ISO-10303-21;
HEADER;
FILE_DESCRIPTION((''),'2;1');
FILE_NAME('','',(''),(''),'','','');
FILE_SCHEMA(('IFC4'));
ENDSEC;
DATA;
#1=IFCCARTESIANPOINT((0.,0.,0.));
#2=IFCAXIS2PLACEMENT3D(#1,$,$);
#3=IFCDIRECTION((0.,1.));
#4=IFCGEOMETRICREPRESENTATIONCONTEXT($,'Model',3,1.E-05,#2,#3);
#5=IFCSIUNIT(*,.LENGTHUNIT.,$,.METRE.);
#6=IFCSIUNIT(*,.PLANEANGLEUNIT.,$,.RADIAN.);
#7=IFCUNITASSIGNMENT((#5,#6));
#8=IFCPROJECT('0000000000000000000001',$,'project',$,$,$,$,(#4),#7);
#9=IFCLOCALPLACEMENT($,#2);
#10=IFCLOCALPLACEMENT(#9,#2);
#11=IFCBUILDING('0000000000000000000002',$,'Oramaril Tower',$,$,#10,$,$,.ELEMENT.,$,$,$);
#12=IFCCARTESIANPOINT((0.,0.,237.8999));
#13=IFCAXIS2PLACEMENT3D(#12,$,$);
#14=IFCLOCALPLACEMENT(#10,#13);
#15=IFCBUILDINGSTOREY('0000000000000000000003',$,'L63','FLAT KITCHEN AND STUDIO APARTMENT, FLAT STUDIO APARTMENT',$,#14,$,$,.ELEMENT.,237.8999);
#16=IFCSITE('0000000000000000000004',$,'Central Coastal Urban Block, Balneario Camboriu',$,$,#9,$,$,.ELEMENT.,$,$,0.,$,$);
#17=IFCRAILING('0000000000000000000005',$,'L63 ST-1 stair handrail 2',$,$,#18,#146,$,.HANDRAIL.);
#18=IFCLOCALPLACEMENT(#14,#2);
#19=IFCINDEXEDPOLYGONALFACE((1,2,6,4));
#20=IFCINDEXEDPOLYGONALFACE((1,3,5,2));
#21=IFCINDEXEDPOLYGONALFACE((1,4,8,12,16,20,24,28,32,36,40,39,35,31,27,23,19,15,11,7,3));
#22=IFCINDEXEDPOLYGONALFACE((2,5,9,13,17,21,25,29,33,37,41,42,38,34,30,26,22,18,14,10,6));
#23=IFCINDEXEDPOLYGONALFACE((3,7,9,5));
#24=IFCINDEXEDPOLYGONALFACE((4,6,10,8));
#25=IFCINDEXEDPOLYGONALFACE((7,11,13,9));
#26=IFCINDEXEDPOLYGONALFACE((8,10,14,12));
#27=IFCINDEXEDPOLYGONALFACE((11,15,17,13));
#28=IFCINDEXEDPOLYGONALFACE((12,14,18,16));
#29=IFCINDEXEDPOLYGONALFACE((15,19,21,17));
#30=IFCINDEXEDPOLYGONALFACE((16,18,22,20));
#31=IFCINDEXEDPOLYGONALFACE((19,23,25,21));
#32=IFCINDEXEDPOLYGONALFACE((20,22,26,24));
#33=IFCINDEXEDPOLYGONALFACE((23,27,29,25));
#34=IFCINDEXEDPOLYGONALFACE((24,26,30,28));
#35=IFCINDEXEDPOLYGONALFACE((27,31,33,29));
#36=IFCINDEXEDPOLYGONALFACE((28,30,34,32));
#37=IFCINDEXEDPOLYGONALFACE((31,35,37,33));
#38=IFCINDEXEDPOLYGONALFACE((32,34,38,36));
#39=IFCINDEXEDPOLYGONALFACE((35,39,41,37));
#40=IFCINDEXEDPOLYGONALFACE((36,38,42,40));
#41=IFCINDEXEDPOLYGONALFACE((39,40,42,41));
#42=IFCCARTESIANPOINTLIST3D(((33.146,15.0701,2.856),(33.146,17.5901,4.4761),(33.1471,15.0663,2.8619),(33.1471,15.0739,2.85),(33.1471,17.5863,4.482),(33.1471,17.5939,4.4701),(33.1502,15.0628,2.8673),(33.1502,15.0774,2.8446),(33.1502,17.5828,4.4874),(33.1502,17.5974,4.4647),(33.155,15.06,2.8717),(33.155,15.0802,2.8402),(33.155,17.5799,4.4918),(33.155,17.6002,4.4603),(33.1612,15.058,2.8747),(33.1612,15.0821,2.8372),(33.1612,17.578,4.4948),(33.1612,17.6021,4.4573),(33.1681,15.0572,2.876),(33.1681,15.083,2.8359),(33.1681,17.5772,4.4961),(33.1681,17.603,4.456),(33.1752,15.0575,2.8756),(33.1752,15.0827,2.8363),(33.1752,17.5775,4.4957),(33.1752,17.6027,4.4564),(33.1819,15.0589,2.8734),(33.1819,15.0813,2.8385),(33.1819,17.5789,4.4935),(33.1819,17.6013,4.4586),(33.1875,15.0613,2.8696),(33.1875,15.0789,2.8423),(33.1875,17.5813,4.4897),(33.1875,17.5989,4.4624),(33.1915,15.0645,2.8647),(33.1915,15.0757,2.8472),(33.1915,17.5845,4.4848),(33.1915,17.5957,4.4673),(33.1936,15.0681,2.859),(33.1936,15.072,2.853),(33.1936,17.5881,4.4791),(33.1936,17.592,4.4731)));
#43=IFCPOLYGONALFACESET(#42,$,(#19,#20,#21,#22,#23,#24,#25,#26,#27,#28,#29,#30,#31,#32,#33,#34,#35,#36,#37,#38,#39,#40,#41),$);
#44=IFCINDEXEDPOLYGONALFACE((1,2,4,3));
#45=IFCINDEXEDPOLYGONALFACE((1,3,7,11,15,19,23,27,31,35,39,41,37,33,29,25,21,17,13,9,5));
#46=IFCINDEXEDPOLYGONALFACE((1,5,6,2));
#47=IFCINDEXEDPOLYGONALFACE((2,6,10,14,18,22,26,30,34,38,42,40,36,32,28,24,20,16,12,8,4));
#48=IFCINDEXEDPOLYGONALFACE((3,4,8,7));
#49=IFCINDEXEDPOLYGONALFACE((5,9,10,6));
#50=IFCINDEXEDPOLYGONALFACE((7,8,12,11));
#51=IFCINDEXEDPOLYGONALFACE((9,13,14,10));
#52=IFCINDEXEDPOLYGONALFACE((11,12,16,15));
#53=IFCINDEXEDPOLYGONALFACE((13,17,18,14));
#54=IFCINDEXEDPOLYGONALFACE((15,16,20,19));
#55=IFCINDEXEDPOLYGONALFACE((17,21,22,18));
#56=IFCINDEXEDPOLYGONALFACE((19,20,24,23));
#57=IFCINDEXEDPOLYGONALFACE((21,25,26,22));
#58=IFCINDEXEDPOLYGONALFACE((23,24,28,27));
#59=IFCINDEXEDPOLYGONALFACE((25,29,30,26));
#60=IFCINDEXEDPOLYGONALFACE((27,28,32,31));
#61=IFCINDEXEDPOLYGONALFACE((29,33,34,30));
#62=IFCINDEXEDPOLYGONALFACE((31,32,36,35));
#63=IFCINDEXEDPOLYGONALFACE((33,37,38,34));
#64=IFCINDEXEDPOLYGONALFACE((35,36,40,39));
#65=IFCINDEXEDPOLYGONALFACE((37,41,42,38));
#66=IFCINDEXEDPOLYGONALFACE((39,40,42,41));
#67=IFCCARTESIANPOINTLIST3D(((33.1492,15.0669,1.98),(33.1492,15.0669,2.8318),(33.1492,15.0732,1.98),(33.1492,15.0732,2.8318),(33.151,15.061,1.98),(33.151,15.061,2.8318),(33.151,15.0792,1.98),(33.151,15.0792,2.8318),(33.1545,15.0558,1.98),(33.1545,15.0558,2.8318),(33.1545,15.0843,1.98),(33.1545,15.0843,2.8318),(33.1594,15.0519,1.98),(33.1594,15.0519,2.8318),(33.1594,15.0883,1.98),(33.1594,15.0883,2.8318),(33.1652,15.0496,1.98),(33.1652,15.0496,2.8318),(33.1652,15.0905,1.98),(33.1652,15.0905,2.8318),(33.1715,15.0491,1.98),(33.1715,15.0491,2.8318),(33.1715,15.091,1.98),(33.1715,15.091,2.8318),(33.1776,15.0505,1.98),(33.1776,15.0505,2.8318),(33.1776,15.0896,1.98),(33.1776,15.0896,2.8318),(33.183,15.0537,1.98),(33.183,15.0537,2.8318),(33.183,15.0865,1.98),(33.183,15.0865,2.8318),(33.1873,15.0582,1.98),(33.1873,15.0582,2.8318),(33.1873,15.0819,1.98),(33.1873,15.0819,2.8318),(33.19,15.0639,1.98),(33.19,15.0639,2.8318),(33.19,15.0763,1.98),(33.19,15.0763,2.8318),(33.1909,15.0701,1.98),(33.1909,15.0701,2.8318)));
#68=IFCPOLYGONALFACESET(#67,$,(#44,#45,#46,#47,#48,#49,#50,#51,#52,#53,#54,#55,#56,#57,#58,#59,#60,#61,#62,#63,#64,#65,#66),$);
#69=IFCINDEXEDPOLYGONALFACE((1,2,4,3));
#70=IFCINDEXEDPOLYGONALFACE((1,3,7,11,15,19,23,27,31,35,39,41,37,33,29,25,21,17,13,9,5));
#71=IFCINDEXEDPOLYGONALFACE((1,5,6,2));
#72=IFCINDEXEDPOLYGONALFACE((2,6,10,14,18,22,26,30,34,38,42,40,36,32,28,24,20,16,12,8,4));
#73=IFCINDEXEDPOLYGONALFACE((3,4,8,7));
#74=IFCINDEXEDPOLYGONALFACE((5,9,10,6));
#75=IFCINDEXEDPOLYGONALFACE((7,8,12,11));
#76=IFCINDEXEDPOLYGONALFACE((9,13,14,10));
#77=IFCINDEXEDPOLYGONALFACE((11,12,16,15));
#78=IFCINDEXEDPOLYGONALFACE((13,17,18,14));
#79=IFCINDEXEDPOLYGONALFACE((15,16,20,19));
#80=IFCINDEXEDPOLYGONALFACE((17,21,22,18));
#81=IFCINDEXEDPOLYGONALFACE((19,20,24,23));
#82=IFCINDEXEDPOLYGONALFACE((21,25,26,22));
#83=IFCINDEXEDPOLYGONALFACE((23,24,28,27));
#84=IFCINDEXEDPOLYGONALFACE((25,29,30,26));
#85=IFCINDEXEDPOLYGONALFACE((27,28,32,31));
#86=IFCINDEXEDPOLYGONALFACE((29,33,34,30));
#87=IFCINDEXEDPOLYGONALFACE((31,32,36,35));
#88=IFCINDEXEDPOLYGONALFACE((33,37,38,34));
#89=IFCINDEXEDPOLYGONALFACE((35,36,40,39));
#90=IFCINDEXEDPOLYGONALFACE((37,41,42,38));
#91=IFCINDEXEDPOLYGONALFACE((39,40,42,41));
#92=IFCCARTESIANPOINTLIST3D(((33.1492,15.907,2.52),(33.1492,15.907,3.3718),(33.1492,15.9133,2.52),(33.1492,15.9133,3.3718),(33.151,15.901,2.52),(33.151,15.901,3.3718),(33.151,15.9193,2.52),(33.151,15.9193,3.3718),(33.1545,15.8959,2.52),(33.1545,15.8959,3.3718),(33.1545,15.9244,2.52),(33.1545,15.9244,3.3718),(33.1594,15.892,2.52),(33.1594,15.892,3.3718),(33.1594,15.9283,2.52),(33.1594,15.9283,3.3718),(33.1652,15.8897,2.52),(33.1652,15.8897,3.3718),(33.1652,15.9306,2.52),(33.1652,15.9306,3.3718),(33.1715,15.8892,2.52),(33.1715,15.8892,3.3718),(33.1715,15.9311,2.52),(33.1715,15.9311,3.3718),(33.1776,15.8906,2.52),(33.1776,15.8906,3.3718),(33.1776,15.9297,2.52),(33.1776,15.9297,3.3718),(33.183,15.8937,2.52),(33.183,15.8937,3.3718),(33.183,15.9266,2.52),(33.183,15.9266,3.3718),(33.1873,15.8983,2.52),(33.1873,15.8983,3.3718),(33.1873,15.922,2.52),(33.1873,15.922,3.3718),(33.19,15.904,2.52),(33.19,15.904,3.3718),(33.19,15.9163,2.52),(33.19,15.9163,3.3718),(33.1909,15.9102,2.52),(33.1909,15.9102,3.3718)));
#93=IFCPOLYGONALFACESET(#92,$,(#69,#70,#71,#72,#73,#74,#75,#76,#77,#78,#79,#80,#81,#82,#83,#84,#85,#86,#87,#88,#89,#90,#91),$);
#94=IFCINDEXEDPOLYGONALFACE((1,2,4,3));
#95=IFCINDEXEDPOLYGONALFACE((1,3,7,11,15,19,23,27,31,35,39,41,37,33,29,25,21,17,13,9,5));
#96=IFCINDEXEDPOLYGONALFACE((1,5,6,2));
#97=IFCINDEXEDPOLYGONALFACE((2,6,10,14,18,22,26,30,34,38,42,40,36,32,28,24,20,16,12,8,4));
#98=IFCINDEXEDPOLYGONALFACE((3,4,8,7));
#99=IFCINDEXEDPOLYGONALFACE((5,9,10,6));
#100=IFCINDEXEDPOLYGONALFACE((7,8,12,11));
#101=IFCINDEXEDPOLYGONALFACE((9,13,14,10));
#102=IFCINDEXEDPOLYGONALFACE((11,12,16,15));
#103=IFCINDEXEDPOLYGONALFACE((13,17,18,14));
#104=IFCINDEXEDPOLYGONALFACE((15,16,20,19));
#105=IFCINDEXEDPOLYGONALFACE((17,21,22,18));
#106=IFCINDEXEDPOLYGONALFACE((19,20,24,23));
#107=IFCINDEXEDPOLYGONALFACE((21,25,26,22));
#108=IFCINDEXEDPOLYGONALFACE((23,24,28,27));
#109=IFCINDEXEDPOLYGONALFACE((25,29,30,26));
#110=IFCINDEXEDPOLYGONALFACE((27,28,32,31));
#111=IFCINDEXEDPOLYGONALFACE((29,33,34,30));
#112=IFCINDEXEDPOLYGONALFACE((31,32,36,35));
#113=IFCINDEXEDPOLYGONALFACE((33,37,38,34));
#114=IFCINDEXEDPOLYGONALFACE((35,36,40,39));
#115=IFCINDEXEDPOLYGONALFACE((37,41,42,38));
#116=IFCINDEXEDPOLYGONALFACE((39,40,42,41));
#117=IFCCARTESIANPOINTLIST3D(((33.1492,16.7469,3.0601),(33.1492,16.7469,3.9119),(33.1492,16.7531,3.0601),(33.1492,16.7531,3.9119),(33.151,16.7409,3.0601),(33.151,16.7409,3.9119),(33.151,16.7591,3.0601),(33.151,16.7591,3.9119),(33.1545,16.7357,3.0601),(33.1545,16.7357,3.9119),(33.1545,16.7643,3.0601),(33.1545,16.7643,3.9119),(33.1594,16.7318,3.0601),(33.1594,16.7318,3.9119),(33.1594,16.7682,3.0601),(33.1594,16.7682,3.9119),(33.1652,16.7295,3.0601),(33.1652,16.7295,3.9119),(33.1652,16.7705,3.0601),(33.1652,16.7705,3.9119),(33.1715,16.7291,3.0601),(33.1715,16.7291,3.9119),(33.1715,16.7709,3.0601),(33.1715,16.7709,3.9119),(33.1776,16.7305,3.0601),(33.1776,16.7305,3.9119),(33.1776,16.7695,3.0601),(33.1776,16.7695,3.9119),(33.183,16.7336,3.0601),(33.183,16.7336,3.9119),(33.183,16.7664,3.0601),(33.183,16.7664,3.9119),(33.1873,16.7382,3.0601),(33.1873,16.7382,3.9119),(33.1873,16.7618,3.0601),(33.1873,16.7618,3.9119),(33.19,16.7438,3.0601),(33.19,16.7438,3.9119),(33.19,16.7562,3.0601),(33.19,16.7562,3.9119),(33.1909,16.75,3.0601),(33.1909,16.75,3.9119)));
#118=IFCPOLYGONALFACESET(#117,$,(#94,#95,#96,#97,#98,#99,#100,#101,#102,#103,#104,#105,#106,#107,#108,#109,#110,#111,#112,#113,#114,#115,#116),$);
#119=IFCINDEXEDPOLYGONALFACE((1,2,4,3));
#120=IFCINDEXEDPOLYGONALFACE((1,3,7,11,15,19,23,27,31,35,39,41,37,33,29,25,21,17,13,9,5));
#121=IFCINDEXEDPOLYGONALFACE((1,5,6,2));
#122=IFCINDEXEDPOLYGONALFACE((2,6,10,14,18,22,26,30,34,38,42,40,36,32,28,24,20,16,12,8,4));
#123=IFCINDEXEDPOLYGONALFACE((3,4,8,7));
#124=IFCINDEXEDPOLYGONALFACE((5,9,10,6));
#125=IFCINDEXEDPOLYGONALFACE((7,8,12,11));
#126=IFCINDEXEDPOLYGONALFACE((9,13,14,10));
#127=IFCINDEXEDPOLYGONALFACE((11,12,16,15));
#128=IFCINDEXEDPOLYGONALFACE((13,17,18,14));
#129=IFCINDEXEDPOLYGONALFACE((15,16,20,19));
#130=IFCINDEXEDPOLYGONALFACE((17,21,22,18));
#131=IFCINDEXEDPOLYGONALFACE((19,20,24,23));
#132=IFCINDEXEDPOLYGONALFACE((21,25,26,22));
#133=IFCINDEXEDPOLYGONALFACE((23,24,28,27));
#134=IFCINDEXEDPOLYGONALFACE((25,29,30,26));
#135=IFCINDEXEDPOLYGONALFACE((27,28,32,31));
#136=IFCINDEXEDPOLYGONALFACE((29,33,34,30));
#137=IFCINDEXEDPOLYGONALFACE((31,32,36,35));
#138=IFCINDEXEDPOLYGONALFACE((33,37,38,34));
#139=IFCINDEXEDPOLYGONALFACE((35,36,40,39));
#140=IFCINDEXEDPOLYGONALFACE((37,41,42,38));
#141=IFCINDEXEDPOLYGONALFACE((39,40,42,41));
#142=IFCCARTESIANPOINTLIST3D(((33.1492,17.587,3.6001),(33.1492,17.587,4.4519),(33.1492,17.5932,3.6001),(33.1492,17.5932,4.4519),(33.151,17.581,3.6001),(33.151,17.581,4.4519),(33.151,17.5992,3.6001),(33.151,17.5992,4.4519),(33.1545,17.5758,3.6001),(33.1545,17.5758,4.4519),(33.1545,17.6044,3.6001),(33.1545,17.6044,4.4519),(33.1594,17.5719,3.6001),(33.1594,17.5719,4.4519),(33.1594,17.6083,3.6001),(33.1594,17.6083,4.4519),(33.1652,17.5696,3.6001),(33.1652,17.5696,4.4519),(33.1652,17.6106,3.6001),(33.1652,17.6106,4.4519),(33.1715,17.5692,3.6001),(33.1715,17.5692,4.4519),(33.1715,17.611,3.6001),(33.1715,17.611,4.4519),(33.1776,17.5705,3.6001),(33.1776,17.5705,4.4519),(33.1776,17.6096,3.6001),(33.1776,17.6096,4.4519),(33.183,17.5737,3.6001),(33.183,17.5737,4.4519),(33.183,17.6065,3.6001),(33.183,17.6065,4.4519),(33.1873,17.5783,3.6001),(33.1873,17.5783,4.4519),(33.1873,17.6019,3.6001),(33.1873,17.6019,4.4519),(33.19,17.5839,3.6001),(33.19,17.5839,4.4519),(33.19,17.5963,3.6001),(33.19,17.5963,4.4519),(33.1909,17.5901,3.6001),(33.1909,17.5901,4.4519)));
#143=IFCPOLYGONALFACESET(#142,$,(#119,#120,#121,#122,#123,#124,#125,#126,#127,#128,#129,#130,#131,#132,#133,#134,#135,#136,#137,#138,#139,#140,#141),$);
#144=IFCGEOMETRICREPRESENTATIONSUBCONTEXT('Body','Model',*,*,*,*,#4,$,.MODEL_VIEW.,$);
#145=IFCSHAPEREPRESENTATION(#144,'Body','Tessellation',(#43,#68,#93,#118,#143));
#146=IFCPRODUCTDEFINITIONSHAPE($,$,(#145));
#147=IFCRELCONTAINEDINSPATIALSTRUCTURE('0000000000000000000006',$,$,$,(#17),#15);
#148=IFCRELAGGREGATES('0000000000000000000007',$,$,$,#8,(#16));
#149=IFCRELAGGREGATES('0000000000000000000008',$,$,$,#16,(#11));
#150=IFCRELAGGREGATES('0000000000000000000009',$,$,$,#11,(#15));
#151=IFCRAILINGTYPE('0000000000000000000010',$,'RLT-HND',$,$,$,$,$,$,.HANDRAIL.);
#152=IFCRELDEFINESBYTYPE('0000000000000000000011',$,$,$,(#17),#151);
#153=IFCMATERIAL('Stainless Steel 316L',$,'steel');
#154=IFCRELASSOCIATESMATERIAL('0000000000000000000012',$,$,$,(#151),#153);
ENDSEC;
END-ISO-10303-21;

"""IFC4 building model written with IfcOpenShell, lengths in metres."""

from ifc_helpers import new_model, si_unit, direction, frame, origin, origin_2d, place, context, subcontext, project, spatial, circle, extrude, material, type_object, element, save


model = new_model("IFC4")

# Units and contexts
model_context = context("Model", 3, precision=1e-05, world=origin(), true_north=direction((0.0, 1.0)))
body_context = subcontext(model_context, "Body", "Model", "MODEL_VIEW")
ifc_project = project(units=[si_unit("LENGTHUNIT", "METRE"), si_unit("PLANEANGLEUNIT", "RADIAN")], contexts=[model_context])

# Site, building, storey
site_placement = place(None, origin())
site = spatial("IfcSite", under=ifc_project, at=site_placement, Name="Central Coastal Urban Block, Balneario Camboriu", CompositionType="ELEMENT", RefElevation=0.0)
building_placement = place(site_placement, origin())
building = spatial("IfcBuilding", under=site, at=building_placement, Name="Oramaril Tower", CompositionType="ELEMENT")
storey_placement = place(building_placement, frame((0.0, 0.0, 237.8999)))
storey = spatial("IfcBuildingStorey", under=building, at=storey_placement, Name="L63", Description="FLAT KITCHEN AND STUDIO APARTMENT, FLAT STUDIO APARTMENT", CompositionType="ELEMENT", Elevation=237.8999)

# Railing
ifc_material_1 = material(Name="Stainless Steel 316L", Category="steel")
railing_type_1 = type_object("IfcRailingType", Name="RLT-HND", PredefinedType="HANDRAIL", material=ifc_material_1)
railing_1_placement = place(storey_placement, frame((33.1699, 15.0701, 1.98)))
element("IfcRailing", 1, at=railing_1_placement, inside=storey, type_object=railing_type_1, Name="L63 ST-1 stair handrail 2", PredefinedType="HANDRAIL", context=body_context, shape_type="SweptSolid", body=[
    extrude(circle(Radius=0.0239, at=origin_2d()), frame((0.0, 0.0, 0.876), z_axis=(0.0, 0.841163, 0.540782), x_axis=(-1.0, 0.0, 0.0)), (0.0, 0.0, 1.0), 2.9958),
    extrude(circle(Radius=0.021, at=origin_2d()), origin(), (0.0, 0.0, 1.0), 0.8518),
    extrude(circle(Radius=0.021, at=origin_2d()), frame((0.0, 0.8401, 0.54)), (0.0, 0.0, 1.0), 0.8518),
    extrude(circle(Radius=0.021, at=origin_2d()), frame((0.0, 1.6799, 1.0801)), (0.0, 0.0, 1.0), 0.8518),
    extrude(circle(Radius=0.021, at=origin_2d()), frame((0.0, 2.52, 1.6201)), (0.0, 0.0, 1.0), 0.8518),
])

save(model, "model.ifc")
